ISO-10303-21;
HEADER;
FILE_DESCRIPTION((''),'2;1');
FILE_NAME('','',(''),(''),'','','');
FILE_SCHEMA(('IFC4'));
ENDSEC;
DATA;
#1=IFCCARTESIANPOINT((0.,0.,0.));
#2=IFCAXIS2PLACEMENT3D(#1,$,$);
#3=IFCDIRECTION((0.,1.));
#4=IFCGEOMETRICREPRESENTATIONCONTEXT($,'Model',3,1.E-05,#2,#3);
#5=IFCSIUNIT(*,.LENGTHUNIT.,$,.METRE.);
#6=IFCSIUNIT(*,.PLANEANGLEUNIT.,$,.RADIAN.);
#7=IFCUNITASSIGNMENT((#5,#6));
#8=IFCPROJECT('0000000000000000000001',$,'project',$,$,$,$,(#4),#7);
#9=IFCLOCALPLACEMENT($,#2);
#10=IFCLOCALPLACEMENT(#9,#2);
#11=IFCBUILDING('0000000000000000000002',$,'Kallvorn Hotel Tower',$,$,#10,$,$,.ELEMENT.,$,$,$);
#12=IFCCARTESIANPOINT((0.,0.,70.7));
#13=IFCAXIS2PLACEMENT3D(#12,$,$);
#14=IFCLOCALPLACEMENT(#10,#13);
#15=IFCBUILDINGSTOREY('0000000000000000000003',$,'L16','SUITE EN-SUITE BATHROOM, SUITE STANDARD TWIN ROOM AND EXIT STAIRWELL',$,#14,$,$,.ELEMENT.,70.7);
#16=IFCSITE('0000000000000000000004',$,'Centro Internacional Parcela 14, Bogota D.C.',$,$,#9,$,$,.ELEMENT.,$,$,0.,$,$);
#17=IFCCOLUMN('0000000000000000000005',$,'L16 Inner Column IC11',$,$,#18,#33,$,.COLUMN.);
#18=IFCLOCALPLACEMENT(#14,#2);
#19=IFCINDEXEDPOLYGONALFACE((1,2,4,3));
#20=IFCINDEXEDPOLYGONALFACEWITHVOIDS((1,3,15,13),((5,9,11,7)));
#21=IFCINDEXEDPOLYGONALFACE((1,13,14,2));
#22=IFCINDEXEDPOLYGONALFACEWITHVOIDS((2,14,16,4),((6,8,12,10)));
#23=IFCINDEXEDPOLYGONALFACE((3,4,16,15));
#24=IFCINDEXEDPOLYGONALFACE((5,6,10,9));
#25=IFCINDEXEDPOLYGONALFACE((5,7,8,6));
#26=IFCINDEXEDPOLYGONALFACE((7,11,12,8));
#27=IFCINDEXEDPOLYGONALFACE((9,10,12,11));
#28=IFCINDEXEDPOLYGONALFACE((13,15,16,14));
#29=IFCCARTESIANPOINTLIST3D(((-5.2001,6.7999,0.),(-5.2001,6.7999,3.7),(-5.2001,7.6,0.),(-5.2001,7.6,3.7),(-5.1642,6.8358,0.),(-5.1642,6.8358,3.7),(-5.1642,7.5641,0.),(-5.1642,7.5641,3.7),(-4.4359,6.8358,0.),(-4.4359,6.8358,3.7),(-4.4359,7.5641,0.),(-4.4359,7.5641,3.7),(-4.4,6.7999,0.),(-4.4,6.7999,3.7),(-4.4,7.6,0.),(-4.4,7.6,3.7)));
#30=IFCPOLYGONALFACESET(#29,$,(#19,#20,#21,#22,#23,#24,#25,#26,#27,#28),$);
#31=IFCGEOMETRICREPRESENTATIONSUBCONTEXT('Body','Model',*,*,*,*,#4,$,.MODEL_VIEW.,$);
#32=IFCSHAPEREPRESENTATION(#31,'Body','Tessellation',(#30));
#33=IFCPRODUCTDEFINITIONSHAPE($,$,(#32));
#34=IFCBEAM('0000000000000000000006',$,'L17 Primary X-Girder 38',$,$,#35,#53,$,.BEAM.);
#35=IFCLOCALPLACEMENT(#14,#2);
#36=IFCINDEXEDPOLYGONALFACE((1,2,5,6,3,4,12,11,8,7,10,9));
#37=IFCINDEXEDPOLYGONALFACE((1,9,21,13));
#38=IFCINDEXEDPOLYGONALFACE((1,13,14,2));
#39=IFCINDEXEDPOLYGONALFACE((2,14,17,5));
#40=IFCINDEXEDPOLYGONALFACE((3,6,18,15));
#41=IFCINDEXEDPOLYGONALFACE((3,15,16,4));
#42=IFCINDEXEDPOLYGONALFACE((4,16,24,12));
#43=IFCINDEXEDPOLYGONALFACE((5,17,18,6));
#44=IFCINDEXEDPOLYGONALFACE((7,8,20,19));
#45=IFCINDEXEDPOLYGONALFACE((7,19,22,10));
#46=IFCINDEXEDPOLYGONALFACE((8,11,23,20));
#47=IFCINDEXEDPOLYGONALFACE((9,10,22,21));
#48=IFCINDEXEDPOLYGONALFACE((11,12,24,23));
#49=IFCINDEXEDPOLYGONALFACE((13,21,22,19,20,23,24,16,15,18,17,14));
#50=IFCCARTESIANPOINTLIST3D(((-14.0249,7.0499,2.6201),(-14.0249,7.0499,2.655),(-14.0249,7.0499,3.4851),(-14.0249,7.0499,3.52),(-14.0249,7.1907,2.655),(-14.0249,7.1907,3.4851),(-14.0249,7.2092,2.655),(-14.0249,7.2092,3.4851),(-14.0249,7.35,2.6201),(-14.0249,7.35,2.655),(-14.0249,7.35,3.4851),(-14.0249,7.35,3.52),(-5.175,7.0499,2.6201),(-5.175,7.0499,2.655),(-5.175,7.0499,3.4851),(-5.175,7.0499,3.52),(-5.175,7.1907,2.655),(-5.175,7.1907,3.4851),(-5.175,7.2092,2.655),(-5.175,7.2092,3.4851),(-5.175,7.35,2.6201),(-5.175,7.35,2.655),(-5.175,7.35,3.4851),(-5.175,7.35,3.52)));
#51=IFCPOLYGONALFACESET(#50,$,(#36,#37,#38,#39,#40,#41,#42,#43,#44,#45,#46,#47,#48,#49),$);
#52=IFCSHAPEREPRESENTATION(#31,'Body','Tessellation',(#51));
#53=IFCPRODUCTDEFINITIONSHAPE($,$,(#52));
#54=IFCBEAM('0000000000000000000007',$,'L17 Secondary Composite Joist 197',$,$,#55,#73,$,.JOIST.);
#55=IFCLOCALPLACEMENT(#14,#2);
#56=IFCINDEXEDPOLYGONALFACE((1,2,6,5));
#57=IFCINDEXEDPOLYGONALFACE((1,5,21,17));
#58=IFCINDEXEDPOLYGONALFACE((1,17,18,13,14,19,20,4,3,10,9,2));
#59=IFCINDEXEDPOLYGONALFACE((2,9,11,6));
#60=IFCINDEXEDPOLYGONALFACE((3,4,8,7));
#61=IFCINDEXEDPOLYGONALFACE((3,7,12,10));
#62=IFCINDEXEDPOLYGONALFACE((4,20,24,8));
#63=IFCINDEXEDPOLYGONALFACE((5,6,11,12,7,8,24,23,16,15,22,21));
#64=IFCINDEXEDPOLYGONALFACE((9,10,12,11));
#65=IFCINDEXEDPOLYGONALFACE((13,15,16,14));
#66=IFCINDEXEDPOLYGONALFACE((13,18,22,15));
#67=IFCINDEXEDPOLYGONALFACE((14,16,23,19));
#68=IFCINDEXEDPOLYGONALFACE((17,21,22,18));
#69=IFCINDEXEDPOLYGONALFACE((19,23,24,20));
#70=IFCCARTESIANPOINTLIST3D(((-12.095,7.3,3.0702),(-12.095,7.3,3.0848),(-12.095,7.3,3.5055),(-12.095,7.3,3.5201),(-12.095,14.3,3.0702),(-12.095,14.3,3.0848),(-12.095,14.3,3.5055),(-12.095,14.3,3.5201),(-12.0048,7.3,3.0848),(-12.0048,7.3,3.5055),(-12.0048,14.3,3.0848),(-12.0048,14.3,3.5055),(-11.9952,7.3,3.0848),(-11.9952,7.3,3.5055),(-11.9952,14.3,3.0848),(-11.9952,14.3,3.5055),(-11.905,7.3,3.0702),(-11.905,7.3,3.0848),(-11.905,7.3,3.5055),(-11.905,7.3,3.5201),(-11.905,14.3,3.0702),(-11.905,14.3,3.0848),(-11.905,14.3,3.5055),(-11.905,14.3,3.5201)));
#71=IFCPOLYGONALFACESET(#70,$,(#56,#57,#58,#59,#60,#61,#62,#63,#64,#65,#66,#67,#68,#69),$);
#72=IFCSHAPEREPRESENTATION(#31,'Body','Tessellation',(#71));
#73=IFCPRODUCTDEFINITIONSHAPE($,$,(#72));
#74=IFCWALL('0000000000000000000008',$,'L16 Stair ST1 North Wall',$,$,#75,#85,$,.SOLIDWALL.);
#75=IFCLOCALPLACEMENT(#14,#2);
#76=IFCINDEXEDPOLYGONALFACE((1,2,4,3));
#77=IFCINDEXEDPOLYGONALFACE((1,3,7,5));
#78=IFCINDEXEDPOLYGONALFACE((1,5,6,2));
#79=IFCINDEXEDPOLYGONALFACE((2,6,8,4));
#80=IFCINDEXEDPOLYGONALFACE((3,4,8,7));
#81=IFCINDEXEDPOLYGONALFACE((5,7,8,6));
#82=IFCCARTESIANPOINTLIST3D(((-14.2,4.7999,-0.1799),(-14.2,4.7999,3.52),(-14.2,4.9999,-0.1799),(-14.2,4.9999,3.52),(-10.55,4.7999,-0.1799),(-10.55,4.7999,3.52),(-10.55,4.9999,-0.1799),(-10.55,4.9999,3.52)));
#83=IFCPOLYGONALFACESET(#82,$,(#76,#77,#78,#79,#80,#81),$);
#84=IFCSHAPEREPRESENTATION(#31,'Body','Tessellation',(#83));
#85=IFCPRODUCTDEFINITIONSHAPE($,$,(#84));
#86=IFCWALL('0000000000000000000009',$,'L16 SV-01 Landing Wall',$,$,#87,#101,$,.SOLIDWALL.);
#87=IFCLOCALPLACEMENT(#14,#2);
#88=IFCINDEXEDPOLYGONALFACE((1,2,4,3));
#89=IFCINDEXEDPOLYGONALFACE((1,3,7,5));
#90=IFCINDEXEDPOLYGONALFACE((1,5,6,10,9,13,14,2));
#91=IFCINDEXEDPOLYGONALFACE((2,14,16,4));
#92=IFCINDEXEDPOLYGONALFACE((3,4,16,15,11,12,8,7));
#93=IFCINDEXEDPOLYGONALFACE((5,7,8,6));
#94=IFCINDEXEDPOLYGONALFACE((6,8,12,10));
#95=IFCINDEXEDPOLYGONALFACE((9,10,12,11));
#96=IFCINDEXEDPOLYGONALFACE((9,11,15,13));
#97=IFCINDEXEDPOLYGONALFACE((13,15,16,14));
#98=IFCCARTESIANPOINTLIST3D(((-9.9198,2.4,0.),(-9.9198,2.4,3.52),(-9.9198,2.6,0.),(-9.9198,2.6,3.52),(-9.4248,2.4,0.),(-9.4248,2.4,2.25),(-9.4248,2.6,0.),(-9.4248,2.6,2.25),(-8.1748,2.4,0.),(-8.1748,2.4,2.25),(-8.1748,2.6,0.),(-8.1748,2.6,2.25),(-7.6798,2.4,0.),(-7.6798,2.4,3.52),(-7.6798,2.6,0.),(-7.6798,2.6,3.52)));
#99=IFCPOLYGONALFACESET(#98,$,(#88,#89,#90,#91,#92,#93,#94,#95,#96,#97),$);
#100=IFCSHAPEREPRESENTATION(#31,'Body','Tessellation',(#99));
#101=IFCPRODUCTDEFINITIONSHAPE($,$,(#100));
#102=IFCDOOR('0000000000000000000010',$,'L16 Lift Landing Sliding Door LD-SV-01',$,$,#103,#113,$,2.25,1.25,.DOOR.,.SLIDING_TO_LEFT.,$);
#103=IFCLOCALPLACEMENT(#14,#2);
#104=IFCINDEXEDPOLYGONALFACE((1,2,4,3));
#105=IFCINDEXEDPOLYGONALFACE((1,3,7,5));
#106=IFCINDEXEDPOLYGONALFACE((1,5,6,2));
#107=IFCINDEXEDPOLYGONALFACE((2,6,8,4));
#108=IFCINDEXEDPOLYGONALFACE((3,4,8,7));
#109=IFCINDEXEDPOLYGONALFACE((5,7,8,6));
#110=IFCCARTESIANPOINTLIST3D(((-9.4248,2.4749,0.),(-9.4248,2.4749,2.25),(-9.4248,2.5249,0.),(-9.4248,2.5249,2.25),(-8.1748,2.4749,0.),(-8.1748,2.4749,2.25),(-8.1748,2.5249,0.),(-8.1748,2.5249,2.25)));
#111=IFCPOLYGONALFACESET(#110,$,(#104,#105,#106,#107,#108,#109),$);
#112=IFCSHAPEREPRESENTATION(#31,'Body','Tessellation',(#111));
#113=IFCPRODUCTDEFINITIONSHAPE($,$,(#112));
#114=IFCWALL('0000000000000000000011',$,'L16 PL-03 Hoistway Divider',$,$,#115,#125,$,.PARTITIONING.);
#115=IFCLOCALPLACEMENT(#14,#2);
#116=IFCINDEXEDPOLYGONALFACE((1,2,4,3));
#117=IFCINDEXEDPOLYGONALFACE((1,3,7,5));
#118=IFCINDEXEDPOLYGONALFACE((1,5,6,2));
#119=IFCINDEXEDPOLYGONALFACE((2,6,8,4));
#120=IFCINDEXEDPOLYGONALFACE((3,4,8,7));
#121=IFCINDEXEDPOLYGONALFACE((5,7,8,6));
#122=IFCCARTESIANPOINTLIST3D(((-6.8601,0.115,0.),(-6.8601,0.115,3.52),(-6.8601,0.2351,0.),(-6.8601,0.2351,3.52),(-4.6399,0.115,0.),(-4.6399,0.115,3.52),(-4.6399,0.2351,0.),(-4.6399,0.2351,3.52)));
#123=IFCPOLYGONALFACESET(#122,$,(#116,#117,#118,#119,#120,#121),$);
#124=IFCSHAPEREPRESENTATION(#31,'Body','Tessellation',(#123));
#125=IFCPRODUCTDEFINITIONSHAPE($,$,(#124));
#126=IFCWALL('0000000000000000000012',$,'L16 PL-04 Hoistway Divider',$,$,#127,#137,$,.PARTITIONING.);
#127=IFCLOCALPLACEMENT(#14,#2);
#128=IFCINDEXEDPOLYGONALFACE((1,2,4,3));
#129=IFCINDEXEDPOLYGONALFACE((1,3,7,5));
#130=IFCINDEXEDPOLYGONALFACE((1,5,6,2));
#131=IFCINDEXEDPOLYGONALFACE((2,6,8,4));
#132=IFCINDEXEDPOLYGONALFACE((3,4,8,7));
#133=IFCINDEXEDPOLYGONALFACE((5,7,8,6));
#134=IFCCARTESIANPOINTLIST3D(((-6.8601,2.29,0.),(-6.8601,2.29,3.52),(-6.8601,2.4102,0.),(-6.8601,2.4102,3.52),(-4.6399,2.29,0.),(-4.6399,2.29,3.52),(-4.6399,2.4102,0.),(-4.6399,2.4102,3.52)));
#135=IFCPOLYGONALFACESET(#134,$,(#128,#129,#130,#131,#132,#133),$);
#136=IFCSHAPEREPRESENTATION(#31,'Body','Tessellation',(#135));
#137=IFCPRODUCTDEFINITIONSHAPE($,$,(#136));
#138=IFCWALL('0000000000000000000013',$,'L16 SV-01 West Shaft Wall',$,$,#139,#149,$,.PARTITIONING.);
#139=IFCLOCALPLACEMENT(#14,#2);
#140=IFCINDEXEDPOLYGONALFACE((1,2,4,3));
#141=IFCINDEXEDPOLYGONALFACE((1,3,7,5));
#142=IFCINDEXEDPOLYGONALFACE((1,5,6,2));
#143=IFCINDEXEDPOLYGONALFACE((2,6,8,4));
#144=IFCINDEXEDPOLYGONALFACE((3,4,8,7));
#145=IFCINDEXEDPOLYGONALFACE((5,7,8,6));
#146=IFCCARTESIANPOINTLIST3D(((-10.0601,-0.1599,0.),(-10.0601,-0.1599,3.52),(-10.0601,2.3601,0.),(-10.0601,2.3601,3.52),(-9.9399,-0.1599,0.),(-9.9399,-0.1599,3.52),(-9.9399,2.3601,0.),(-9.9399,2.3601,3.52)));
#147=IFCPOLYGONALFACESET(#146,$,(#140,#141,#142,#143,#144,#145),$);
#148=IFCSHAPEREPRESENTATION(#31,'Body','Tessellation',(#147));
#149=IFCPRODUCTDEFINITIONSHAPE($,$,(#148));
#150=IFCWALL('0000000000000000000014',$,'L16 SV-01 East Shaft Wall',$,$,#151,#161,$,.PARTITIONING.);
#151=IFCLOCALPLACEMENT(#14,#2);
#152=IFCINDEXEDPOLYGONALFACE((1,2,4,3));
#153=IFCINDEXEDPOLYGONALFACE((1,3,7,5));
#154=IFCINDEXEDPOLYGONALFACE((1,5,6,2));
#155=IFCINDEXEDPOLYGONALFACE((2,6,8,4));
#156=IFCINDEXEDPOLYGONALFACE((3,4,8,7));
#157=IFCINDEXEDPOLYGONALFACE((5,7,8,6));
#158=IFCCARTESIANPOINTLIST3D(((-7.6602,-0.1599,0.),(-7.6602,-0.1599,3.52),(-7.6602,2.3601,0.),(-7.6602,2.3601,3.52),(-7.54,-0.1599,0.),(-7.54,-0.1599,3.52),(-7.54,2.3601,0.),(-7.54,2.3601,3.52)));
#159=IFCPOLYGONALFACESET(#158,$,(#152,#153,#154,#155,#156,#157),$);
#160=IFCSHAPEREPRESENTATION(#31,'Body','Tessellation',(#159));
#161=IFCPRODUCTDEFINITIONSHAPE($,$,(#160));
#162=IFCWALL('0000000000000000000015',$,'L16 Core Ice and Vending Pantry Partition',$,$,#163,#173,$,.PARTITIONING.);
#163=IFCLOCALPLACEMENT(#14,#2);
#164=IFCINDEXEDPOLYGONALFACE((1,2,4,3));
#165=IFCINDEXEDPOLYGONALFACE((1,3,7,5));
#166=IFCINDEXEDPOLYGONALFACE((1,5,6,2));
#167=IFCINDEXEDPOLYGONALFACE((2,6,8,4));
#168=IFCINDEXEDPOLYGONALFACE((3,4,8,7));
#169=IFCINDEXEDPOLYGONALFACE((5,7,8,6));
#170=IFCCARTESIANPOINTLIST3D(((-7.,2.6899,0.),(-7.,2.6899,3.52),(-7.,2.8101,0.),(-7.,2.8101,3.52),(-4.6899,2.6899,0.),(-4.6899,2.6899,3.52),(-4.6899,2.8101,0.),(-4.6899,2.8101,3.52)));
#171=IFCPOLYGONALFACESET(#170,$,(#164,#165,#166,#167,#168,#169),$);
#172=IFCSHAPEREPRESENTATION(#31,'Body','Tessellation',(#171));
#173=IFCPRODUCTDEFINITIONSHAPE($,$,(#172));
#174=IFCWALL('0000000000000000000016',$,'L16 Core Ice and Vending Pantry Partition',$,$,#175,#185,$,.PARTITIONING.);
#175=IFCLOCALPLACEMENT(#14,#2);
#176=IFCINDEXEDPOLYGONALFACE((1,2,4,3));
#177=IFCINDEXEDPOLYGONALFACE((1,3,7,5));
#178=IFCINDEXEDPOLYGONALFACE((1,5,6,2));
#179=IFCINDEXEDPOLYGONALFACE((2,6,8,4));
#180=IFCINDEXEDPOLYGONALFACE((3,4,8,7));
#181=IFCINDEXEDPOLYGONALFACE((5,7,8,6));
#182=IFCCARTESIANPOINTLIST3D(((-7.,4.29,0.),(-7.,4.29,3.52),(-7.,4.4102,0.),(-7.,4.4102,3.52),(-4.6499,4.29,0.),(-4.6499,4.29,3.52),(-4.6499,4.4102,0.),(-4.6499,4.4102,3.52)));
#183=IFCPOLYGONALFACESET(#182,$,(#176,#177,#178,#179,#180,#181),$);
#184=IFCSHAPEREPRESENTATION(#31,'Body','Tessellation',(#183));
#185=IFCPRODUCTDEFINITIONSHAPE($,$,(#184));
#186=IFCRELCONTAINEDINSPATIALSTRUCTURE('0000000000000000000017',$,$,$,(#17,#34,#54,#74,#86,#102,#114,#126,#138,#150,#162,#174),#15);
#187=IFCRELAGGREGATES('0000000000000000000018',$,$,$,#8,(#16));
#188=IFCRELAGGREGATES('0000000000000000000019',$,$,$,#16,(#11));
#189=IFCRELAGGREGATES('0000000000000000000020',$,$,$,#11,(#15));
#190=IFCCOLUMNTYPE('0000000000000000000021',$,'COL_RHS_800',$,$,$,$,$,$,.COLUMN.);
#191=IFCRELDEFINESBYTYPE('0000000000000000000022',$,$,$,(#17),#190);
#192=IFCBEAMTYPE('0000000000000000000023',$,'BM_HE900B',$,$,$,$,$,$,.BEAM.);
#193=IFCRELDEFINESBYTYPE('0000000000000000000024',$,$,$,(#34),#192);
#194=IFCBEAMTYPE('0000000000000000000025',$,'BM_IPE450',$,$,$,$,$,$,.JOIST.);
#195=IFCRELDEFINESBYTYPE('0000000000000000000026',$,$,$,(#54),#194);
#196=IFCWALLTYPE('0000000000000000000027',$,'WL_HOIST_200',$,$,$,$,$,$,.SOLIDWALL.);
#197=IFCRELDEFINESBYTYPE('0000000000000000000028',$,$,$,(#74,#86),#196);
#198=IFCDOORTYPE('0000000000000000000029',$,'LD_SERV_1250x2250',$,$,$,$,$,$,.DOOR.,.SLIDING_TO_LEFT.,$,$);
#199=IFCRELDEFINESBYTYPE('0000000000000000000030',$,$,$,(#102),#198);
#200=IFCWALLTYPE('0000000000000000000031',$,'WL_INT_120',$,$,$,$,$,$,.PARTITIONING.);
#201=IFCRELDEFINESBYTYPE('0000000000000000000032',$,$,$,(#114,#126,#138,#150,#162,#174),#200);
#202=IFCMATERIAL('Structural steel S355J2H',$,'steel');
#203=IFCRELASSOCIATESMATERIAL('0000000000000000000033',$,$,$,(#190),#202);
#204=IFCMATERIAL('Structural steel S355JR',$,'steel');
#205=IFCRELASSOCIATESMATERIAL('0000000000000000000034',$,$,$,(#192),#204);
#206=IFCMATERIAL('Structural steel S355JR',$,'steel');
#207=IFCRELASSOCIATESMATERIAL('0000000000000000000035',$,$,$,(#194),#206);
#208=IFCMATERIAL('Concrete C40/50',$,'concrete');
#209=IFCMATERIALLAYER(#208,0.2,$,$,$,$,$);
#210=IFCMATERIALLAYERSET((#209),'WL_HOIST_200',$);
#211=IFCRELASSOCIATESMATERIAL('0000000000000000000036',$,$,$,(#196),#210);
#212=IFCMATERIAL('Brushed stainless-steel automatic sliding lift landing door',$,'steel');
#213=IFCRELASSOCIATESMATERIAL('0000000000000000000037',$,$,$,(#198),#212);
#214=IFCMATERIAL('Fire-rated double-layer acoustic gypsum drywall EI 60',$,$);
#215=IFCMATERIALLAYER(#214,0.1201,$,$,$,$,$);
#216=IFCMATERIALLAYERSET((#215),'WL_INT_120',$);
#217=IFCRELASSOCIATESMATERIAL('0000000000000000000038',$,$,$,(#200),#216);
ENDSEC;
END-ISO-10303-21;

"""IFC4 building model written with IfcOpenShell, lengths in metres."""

from ifc_helpers import new_model, si_unit, direction, frame, frame_2d, origin, origin_2d, place, context, subcontext, project, spatial, rectangle, hollow_rectangle, i_section, extrude, material, layer, layer_set, material_profile, profile_set, type_object, element, fill, save


model = new_model("IFC4")

# Units and contexts
model_context = context("Model", 3, precision=1e-05, world=origin(), true_north=direction((0.0, 1.0)))
body_context = subcontext(model_context, "Body", "Model", "MODEL_VIEW")
ifc_project = project(units=[si_unit("LENGTHUNIT", "METRE"), si_unit("PLANEANGLEUNIT", "RADIAN")], contexts=[model_context])

# Site, building, storey
site_placement = place(None, origin())
site = spatial("IfcSite", under=ifc_project, at=site_placement, Name="Centro Internacional Parcela 14, Bogota D.C.", CompositionType="ELEMENT", RefElevation=0.0)
building_placement = place(site_placement, origin())
building = spatial("IfcBuilding", under=site, at=building_placement, Name="Kallvorn Hotel Tower", CompositionType="ELEMENT")
storey_placement = place(building_placement, frame((0.0, 0.0, 70.7)))
storey = spatial("IfcBuildingStorey", under=building, at=storey_placement, Name="L16", Description="SUITE EN-SUITE BATHROOM, SUITE STANDARD TWIN ROOM AND EXIT STAIRWELL", CompositionType="ELEMENT", Elevation=70.7)

# Column
ifc_material_1 = material(Name="Structural steel S355J2H", Category="steel")
ifc_material_profile_1 = material_profile(ifc_material_1, hollow_rectangle(XDim=0.8, YDim=0.8, WallThickness=0.0359, at=origin_2d()), Name="RHS 800x800x36")
ifc_profile_set_1 = profile_set([ifc_material_profile_1], Name="Structural steel S355J2H")
column_type = type_object("IfcColumnType", Name="COL_RHS_800", PredefinedType="COLUMN", material=ifc_profile_set_1)
column_placement = place(storey_placement, frame((-4.8, 7.2, 0.0), z_axis=(0.0, 0.0, 1.0), x_axis=(1.0, 0.0, 0.0)))
element("IfcColumn", 1, at=column_placement, inside=storey, type_object=column_type, Name="L16 Inner Column IC11", PredefinedType="COLUMN", context=body_context, shape_type="SweptSolid", body=[
    extrude(hollow_rectangle(XDim=0.8, YDim=0.8, WallThickness=0.0359, at=origin_2d()), origin(), (0.0, 0.0, 1.0), 3.7),
])

# Beams
ifc_material_2 = material(Name="Structural steel S355JR", Category="steel")
ifc_material_profile_2 = material_profile(ifc_material_2, i_section(OverallWidth=0.3, OverallDepth=0.8999, WebThickness=0.0186, FlangeThickness=0.0349, at=origin_2d()), Name="HE 900 B")
ifc_profile_set_2 = profile_set([ifc_material_profile_2], Name="Structural steel S355JR")
beam_type_1 = type_object("IfcBeamType", Name="BM_HE900B", PredefinedType="BEAM", material=ifc_profile_set_2)
beam_1_placement = place(storey_placement, frame((-14.0249, 7.2, 3.0701), z_axis=(1.0, 0.0, 0.0), x_axis=(0.0, 1.0, 0.0)))
element("IfcBeam", 2, at=beam_1_placement, inside=storey, type_object=beam_type_1, Name="L17 Primary X-Girder 38", PredefinedType="BEAM", context=body_context, shape_type="SweptSolid", body=[
    extrude(i_section(OverallWidth=0.3, OverallDepth=0.8999, WebThickness=0.0186, FlangeThickness=0.0349, at=origin_2d()), origin(), (0.0, 0.0, 1.0), 8.8499),
])
ifc_material_3 = material(Name="Structural steel S355JR", Category="steel")
ifc_material_profile_3 = material_profile(ifc_material_3, i_section(OverallWidth=0.1899, OverallDepth=0.45, WebThickness=0.0095, FlangeThickness=0.0146, at=origin_2d()), Name="IPE 450")
ifc_profile_set_3 = profile_set([ifc_material_profile_3], Name="Structural steel S355JR")
beam_type_2 = type_object("IfcBeamType", Name="BM_IPE450", PredefinedType="JOIST", material=ifc_profile_set_3)
beam_2_placement = place(storey_placement, frame((-12.0, 7.3, 3.2952), z_axis=(0.0, 1.0, 0.0), x_axis=(-1.0, 0.0, 0.0)))
element("IfcBeam", 3, at=beam_2_placement, inside=storey, type_object=beam_type_2, Name="L17 Secondary Composite Joist 197", PredefinedType="JOIST", context=body_context, shape_type="SweptSolid", body=[
    extrude(i_section(OverallWidth=0.1899, OverallDepth=0.45, WebThickness=0.0095, FlangeThickness=0.0146, at=origin_2d()), origin(), (0.0, 0.0, 1.0), 7.0),
])

# Wall
ifc_material_4 = material(Name="Concrete C40/50", Category="concrete")
ifc_layer_1 = layer(ifc_material_4, 0.2)
ifc_layer_set_1 = layer_set([ifc_layer_1], Name="WL_HOIST_200")
wall_type_1 = type_object("IfcWallType", Name="WL_HOIST_200", PredefinedType="SOLIDWALL", material=ifc_layer_set_1)
wall_1_placement = place(storey_placement, frame((-14.2, 4.8999, -0.1799), z_axis=(0.0, 0.0, 1.0), x_axis=(1.0, 0.0, 0.0)))
element("IfcWall", 4, at=wall_1_placement, inside=storey, type_object=wall_type_1, Name="L16 Stair ST1 North Wall", PredefinedType="SOLIDWALL", context=body_context, shape_type="SweptSolid", body=[
    extrude(rectangle(XDim=3.6499, YDim=0.2, at=frame_2d((1.825, 0.0))), origin(), (0.0, 0.0, 1.0), 3.7),
])

# Wall, opening, door
wall_2_placement = place(storey_placement, frame((-9.9199, 2.5, 0.0), z_axis=(0.0, 0.0, 1.0), x_axis=(1.0, 0.0, 0.0)))
wall_2 = element("IfcWall", 5, at=wall_2_placement, inside=storey, type_object=wall_type_1, Name="L16 SV-01 Landing Wall", PredefinedType="SOLIDWALL", context=body_context, shape_type="SweptSolid", body=[
    extrude(rectangle(XDim=2.24, YDim=0.2, at=frame_2d((1.1201, 0.0))), origin(), (0.0, 0.0, 1.0), 3.52),
])
opening_1_placement = place(wall_2_placement, frame((0.4951, 0.0, 0.0)))
opening_1 = element("IfcOpeningElement", 6, at=opening_1_placement, cuts=wall_2, PredefinedType="OPENING", context=body_context, shape_type="SweptSolid", body=[
    extrude(rectangle(XDim=1.25, YDim=2.25, at=frame_2d((0.625, 1.125))), frame((0.0, 0.115, 0.0), z_axis=(0.0, -1.0, 0.0), x_axis=(1.0, 0.0, 0.0)), (0.0, 0.0, 1.0), 0.23),
])
ifc_material_5 = material(Name="Brushed stainless-steel automatic sliding lift landing door", Category="steel")
door_type_1 = type_object("IfcDoorType", Name="LD_SERV_1250x2250", OperationType="SLIDING_TO_LEFT", PredefinedType="DOOR", material=ifc_material_5)
door_1_placement = place(opening_1_placement, origin())
door_1 = element("IfcDoor", 7, at=door_1_placement, inside=storey, type_object=door_type_1, Name="L16 Lift Landing Sliding Door LD-SV-01", OperationType="SLIDING_TO_LEFT", OverallHeight=2.25, OverallWidth=1.25, PredefinedType="DOOR", context=body_context, shape_type="SweptSolid", body=[
    extrude(rectangle(XDim=1.25, YDim=2.25, at=frame_2d((0.625, 1.125))), frame((0.0, 0.0249, 0.0), z_axis=(0.0, -1.0, 0.0), x_axis=(1.0, 0.0, 0.0)), (0.0, 0.0, 1.0), 0.05),
])
fill(opening_1, door_1)

# Walls
ifc_material_6 = material(Name="Fire-rated double-layer acoustic gypsum drywall EI 60")
ifc_layer_2 = layer(ifc_material_6, 0.1201)
ifc_layer_set_2 = layer_set([ifc_layer_2], Name="WL_INT_120")
wall_type_2 = type_object("IfcWallType", Name="WL_INT_120", PredefinedType="PARTITIONING", material=ifc_layer_set_2)
for number, where, z_axis, x_axis, name in (
    (8, (-6.8601, 0.175, 0.0), (0.0, 0.0, 1.0), (1.0, 0.0, 0.0), "L16 PL-03 Hoistway Divider"),
    (9, (-6.8601, 2.3501, 0.0), (0.0, 0.0, 1.0), (1.0, 0.0, 0.0), "L16 PL-04 Hoistway Divider"),
):
    element("IfcWall", number, at=place(storey_placement, frame(where, z_axis=z_axis, x_axis=x_axis)), inside=storey, type_object=wall_type_2, Name=name, PredefinedType="PARTITIONING", context=body_context, shape_type="SweptSolid", body=[
        extrude(rectangle(XDim=2.2202, YDim=0.1201, at=frame_2d((1.1101, 0.0))), origin(), (0.0, 0.0, 1.0), 3.52),
    ])
for number, where, z_axis, x_axis, name in (
    (10, (-10.0, -0.1599, 0.0), (0.0, 0.0, 1.0), (0.0, 1.0, 0.0), "L16 SV-01 West Shaft Wall"),
    (11, (-7.6001, -0.1599, 0.0), (0.0, 0.0, 1.0), (0.0, 1.0, 0.0), "L16 SV-01 East Shaft Wall"),
):
    element("IfcWall", number, at=place(storey_placement, frame(where, z_axis=z_axis, x_axis=x_axis)), inside=storey, type_object=wall_type_2, Name=name, PredefinedType="PARTITIONING", context=body_context, shape_type="SweptSolid", body=[
        extrude(rectangle(XDim=2.52, YDim=0.1201, at=frame_2d((1.26, 0.0))), origin(), (0.0, 0.0, 1.0), 3.52),
    ])
wall_3_placement = place(storey_placement, frame((-7.0, 2.75, 0.0), z_axis=(0.0, 0.0, 1.0), x_axis=(1.0, 0.0, 0.0)))
element("IfcWall", 12, at=wall_3_placement, inside=storey, type_object=wall_type_2, Name="L16 Core Ice and Vending Pantry Partition", PredefinedType="PARTITIONING", context=body_context, shape_type="SweptSolid", body=[
    extrude(rectangle(XDim=2.3101, YDim=0.1201, at=frame_2d((1.155, 0.0))), origin(), (0.0, 0.0, 1.0), 3.52),
])
for number, where, z_axis, x_axis, name in (
    (13, (-7.0, 4.3501, 0.0), (0.0, 0.0, 1.0), (1.0, 0.0, 0.0), "L16 Core Ice and Vending Pantry Partition"),
):
    element("IfcWall", number, at=place(storey_placement, frame(where, z_axis=z_axis, x_axis=x_axis)), inside=storey, type_object=wall_type_2, Name=name, PredefinedType="PARTITIONING", context=body_context, shape_type="SweptSolid", body=[
        extrude(rectangle(XDim=2.3501, YDim=0.1201, at=frame_2d((1.175, 0.0))), origin(), (0.0, 0.0, 1.0), 3.52),
    ])

save(model, "model.ifc")
